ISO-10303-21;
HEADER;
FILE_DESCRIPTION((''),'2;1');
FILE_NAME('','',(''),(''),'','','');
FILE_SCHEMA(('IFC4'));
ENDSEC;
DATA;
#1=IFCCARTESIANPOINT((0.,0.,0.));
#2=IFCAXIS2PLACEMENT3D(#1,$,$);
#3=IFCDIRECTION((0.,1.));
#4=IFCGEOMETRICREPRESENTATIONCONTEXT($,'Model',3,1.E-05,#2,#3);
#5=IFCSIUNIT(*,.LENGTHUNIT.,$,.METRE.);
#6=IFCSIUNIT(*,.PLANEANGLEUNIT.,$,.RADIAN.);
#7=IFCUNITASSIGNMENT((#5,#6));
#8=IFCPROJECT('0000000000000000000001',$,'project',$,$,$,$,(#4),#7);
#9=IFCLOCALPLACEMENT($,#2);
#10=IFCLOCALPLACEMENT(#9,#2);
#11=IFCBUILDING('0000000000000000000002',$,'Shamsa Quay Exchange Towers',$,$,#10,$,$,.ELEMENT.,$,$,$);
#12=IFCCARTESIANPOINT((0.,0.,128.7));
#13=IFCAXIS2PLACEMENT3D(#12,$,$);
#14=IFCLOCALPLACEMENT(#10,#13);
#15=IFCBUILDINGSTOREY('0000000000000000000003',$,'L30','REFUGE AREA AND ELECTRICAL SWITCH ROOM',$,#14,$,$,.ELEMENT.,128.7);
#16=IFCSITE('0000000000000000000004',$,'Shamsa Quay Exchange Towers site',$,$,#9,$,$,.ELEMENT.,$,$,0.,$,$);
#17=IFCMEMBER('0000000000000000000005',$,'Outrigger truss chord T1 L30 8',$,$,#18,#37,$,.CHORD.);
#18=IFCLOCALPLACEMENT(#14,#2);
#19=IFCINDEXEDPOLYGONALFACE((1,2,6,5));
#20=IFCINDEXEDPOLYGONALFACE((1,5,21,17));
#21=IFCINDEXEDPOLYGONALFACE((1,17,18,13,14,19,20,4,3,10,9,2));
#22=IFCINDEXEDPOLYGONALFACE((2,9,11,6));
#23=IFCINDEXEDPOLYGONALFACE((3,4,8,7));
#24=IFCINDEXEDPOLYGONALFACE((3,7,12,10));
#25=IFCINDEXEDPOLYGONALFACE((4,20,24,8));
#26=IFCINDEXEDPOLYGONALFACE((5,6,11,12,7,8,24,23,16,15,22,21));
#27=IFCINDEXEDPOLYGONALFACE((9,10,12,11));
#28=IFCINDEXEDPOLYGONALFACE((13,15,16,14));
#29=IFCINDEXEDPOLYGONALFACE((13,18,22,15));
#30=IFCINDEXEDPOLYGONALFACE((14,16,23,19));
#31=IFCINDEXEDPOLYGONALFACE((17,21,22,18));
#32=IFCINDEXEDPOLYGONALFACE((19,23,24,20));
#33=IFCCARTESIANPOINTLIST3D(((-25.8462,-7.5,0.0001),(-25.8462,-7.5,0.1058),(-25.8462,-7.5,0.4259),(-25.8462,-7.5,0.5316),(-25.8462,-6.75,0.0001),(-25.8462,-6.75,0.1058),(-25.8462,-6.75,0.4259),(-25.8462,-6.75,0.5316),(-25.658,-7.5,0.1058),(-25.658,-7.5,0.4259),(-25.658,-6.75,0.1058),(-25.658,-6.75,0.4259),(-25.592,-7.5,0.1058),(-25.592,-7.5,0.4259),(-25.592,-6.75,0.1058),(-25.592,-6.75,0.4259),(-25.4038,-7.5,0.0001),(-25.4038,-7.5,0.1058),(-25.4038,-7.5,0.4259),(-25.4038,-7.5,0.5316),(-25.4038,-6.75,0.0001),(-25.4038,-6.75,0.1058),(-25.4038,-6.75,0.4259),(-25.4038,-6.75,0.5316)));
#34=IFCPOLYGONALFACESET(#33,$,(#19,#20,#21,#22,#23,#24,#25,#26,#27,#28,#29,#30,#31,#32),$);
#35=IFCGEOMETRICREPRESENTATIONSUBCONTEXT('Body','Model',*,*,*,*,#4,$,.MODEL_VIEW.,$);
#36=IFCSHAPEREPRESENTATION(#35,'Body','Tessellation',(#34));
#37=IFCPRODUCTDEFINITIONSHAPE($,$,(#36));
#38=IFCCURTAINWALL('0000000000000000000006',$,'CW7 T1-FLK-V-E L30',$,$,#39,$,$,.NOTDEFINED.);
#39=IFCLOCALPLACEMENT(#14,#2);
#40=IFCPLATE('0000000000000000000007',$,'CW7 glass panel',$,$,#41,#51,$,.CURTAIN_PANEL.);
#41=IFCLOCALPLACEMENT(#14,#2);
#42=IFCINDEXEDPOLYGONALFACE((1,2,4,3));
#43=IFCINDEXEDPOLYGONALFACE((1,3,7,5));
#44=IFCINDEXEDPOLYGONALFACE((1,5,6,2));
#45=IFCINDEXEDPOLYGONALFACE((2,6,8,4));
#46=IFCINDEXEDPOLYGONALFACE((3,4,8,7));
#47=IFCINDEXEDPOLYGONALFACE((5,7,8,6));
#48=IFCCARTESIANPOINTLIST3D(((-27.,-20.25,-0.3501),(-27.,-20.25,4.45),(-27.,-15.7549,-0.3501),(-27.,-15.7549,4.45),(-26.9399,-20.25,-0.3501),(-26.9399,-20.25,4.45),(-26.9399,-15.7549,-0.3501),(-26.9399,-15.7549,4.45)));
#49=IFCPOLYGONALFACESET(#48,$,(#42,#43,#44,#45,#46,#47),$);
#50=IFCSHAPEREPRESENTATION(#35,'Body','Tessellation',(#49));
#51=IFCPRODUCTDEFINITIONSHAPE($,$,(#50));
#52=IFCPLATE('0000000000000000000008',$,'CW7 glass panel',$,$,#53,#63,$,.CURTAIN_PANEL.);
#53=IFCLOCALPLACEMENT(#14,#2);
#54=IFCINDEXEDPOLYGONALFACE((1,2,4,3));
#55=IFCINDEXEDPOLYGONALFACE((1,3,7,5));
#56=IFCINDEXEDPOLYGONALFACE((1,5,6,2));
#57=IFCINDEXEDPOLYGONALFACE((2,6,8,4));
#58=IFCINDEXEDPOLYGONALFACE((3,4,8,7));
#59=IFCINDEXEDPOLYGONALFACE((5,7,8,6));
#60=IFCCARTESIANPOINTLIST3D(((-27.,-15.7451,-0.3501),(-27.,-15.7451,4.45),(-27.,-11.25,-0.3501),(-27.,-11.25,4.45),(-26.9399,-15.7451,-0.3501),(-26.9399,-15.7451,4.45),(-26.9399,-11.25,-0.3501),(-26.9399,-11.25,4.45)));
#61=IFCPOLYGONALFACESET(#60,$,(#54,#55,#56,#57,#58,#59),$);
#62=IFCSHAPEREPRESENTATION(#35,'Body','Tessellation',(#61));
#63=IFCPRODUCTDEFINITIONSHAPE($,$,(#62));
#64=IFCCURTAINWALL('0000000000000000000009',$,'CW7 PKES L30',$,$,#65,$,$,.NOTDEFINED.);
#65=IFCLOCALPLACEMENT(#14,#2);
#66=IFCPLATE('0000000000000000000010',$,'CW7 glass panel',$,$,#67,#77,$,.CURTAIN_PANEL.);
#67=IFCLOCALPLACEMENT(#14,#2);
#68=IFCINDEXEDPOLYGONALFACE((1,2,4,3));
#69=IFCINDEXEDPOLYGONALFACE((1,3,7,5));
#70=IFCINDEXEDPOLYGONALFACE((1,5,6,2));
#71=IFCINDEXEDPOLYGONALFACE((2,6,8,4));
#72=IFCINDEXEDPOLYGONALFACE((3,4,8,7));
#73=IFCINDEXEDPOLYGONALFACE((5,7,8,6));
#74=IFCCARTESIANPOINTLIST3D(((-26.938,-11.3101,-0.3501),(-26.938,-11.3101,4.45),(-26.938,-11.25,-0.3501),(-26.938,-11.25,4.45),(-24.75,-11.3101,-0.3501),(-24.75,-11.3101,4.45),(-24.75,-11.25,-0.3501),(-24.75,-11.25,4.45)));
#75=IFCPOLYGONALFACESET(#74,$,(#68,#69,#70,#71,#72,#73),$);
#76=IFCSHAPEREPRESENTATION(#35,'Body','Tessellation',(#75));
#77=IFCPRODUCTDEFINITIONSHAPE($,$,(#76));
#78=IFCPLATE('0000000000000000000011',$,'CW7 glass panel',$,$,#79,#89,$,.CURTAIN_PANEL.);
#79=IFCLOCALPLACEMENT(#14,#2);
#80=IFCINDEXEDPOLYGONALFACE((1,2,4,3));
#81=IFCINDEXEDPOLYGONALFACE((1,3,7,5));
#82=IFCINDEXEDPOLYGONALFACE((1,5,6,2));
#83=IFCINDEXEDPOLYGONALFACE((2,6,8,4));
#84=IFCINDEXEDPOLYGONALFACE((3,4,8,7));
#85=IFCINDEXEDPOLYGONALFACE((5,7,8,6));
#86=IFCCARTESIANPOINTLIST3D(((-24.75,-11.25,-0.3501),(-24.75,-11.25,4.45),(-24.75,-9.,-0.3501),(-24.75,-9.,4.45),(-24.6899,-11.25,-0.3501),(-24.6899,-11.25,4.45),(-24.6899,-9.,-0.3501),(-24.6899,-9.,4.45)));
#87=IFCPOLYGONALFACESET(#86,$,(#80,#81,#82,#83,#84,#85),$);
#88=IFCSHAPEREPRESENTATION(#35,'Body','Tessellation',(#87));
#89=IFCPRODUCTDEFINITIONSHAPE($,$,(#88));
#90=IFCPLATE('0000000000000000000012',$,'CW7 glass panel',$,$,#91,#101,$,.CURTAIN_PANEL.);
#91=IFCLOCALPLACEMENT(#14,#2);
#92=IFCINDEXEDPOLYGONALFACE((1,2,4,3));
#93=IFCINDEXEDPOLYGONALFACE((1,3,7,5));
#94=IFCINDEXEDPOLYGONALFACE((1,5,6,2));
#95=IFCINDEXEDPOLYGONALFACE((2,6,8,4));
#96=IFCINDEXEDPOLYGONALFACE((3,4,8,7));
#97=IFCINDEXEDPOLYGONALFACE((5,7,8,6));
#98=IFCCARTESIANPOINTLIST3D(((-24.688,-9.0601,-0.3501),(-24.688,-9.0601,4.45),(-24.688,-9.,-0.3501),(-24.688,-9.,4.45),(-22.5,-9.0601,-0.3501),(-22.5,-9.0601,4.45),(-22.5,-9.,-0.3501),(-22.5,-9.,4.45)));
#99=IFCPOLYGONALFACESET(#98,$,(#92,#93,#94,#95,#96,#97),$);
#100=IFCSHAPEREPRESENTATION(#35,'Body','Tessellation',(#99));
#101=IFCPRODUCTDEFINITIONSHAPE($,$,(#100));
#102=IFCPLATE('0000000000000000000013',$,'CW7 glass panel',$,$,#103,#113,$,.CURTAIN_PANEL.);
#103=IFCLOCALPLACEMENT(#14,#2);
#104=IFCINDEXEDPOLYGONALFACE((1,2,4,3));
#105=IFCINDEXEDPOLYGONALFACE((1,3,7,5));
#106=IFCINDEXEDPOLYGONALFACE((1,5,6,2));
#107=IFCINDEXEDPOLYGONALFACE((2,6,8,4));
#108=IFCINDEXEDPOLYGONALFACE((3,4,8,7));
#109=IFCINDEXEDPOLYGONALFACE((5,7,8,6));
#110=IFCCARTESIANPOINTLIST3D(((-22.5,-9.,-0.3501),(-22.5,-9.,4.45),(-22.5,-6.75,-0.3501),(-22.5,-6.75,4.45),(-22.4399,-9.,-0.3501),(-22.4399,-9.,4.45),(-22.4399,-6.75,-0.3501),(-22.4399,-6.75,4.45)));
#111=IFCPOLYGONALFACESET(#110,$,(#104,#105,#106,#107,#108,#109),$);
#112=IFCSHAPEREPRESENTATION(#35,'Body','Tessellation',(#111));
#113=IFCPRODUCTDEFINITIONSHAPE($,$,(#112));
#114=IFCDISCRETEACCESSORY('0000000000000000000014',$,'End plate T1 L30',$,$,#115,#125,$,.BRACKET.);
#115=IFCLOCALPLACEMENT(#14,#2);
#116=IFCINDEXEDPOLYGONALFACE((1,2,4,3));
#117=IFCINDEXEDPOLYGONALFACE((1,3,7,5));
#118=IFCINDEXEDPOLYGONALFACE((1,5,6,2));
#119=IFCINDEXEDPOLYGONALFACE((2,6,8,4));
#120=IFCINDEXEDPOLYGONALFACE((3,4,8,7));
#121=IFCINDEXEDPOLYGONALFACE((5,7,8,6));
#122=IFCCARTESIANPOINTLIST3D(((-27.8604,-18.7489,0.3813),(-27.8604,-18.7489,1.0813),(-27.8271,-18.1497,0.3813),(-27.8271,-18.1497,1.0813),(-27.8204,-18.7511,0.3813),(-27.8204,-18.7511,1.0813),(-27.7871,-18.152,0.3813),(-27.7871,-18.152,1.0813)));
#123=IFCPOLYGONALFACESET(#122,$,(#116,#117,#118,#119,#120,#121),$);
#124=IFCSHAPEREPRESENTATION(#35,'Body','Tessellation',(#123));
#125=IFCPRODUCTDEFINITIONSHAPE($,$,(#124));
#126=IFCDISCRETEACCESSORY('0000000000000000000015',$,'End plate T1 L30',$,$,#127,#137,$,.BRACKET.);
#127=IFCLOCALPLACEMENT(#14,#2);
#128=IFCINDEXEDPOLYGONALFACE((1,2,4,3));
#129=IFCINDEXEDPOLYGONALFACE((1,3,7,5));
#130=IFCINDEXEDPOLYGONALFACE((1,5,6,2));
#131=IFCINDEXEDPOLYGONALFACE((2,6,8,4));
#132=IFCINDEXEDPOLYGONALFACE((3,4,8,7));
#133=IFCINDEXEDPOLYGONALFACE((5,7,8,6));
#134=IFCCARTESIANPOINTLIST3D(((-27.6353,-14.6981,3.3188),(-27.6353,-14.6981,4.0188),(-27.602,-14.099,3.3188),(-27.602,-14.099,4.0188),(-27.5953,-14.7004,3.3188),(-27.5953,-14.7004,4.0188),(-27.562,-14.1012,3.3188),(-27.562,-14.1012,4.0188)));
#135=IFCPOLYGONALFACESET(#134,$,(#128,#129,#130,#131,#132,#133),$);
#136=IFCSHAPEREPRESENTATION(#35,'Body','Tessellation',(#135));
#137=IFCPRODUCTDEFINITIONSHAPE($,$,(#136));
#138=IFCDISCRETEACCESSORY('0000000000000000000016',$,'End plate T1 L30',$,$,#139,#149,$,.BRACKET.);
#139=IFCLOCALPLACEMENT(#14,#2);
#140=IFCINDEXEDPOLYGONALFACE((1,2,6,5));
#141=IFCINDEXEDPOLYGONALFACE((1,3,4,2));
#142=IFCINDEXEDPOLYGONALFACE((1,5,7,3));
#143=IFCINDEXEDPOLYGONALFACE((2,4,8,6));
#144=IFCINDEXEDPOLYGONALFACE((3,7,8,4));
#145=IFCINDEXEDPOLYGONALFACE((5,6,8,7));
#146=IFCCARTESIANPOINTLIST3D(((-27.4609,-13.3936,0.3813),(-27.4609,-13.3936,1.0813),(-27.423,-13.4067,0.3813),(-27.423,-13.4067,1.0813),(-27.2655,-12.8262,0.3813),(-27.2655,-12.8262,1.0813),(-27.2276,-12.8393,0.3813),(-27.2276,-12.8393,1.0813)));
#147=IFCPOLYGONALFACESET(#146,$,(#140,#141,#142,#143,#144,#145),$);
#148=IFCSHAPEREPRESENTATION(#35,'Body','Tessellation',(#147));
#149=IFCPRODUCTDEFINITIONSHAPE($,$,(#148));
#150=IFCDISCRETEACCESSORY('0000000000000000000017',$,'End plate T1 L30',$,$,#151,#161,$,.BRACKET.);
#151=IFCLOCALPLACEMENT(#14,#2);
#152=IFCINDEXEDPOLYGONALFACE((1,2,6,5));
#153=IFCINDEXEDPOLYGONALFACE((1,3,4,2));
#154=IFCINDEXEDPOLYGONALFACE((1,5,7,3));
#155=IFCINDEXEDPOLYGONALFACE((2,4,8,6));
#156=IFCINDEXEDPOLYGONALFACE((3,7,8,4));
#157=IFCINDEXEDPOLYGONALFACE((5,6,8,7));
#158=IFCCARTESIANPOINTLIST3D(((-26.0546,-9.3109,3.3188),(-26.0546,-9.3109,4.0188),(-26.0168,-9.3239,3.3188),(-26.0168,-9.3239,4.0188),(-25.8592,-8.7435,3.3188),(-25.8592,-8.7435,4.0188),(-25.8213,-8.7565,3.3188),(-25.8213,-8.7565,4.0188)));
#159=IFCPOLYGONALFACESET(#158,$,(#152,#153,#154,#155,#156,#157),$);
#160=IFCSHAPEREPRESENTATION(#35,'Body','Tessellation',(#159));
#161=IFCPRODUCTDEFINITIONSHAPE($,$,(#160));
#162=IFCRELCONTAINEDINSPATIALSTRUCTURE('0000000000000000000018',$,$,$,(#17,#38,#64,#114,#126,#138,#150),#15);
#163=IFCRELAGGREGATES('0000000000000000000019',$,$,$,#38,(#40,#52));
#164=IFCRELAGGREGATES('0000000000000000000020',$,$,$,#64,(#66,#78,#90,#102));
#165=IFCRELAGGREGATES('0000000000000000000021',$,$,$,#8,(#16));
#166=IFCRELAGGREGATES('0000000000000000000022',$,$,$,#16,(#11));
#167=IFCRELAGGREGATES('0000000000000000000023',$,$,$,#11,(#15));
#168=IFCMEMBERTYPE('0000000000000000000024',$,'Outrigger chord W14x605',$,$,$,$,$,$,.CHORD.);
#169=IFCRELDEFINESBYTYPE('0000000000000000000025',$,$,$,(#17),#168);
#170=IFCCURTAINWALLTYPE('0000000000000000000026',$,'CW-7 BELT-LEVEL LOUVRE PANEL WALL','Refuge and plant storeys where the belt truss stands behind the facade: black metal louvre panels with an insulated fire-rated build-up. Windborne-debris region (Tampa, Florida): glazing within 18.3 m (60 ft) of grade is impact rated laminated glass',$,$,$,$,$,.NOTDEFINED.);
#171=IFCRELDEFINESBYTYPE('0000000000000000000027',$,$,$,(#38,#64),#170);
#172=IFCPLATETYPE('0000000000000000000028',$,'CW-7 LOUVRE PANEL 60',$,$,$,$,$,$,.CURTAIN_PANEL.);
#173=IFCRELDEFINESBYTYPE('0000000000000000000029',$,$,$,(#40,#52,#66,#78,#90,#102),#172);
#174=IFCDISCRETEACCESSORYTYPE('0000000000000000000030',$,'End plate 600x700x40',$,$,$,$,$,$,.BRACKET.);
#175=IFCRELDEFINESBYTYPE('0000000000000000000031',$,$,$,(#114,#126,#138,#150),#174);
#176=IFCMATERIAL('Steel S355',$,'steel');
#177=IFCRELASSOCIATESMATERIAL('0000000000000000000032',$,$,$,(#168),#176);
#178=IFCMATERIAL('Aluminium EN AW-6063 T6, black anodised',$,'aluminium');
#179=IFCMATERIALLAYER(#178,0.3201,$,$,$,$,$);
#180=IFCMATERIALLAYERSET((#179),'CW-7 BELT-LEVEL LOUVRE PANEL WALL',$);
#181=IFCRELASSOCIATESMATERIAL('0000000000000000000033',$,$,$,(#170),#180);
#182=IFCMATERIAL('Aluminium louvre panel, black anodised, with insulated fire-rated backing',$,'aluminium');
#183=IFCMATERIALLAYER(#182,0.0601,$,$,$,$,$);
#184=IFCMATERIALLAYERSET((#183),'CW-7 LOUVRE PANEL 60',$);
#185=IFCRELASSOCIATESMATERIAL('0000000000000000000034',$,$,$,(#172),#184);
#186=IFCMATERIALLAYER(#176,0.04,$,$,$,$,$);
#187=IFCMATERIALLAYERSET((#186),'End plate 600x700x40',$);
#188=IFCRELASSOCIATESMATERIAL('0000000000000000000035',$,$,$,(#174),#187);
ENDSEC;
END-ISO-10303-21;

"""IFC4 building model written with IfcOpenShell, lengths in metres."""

from ifc_helpers import new_model, si_unit, direction, frame, origin, origin_2d, place, context, subcontext, project, spatial, rectangle, i_section, extrude, material, layer, layer_set, material_profile, profile_set, type_object, element, aggregate, save


model = new_model("IFC4")

# Units and contexts
model_context = context("Model", 3, precision=1e-05, world=origin(), true_north=direction((0.0, 1.0)))
body_context = subcontext(model_context, "Body", "Model", "MODEL_VIEW")
ifc_project = project(units=[si_unit("LENGTHUNIT", "METRE"), si_unit("PLANEANGLEUNIT", "RADIAN")], contexts=[model_context])

# Site, building, storey
site_placement = place(None, origin())
site = spatial("IfcSite", under=ifc_project, at=site_placement, Name="Shamsa Quay Exchange Towers site", CompositionType="ELEMENT", RefElevation=0.0)
building_placement = place(site_placement, origin())
building = spatial("IfcBuilding", under=site, at=building_placement, Name="Shamsa Quay Exchange Towers", CompositionType="ELEMENT")
storey_placement = place(building_placement, frame((0.0, 0.0, 128.7)))
storey = spatial("IfcBuildingStorey", under=building, at=storey_placement, Name="L30", Description="REFUGE AREA AND ELECTRICAL SWITCH ROOM", CompositionType="ELEMENT", Elevation=128.7)

# Member
ifc_material_1 = material(Name="Steel S355", Category="steel")
ifc_material_profile_1 = material_profile(ifc_material_1, i_section(OverallWidth=0.4424, OverallDepth=0.5315, WebThickness=0.0659, FlangeThickness=0.1057, at=origin_2d()), Name="W14x605")
ifc_profile_set_1 = profile_set([ifc_material_profile_1], Name="Steel S355")
member_type_1 = type_object("IfcMemberType", Name="Outrigger chord W14x605", PredefinedType="CHORD", material=ifc_profile_set_1)
for number, where, z_axis, x_axis, name in (
    (1, (-25.625, -7.5, 0.2659), (0.0, 1.0, 0.0), (-1.0, 0.0, 0.0), "Outrigger truss chord T1 L30 8"),
):
    element("IfcMember", number, at=place(storey_placement, frame(where, z_axis=z_axis, x_axis=x_axis)), inside=storey, type_object=member_type_1, Name=name, PredefinedType="CHORD", context=body_context, shape_type="SweptSolid", body=[
        extrude(i_section(OverallWidth=0.4424, OverallDepth=0.5315, WebThickness=0.0659, FlangeThickness=0.1057, at=origin_2d()), origin(), (0.0, 0.0, 1.0), 0.75),
    ])

# Curtain walls, plates
ifc_material_2 = material(Name="Aluminium EN AW-6063 T6, black anodised", Category="aluminium")
ifc_layer_1 = layer(ifc_material_2, 0.3201)
ifc_layer_set_1 = layer_set([ifc_layer_1], Name="CW-7 BELT-LEVEL LOUVRE PANEL WALL")
curtain_wall_type = type_object("IfcCurtainWallType", Name="CW-7 BELT-LEVEL LOUVRE PANEL WALL", Description="Refuge and plant storeys where the belt truss stands behind the facade: black metal louvre panels with an insulated fire-rated build-up. Windborne-debris region (Tampa, Florida): glazing within 18.3 m (60 ft) of grade is impact rated laminated glass", PredefinedType="NOTDEFINED", material=ifc_layer_set_1)
curtain_wall_1_placement = place(storey_placement, origin())
curtain_wall_1 = element("IfcCurtainWall", 2, at=curtain_wall_1_placement, inside=storey, type_object=curtain_wall_type, Name="CW7 T1-FLK-V-E L30", PredefinedType="NOTDEFINED")
ifc_material_3 = material(Name="Aluminium louvre panel, black anodised, with insulated fire-rated backing", Category="aluminium")
ifc_layer_2 = layer(ifc_material_3, 0.0601)
ifc_layer_set_2 = layer_set([ifc_layer_2], Name="CW-7 LOUVRE PANEL 60")
plate_type = type_object("IfcPlateType", Name="CW-7 LOUVRE PANEL 60", PredefinedType="CURTAIN_PANEL", material=ifc_layer_set_2)
plate_1_placement = place(storey_placement, frame((-26.97, -18.0024, -0.3501), z_axis=(0.0, 0.0, 1.0), x_axis=(0.0, 1.0, 0.0)))
plate_1 = element("IfcPlate", 3, at=plate_1_placement, type_object=plate_type, Name="CW7 glass panel", PredefinedType="CURTAIN_PANEL", context=body_context, shape_type="SweptSolid", body=[
    extrude(rectangle(XDim=4.4951, YDim=0.0601, at=origin_2d()), origin(), (0.0, 0.0, 1.0), 4.8),
])
plate_2_placement = place(storey_placement, frame((-26.97, -13.4976, -0.3501), z_axis=(0.0, 0.0, 1.0), x_axis=(0.0, 1.0, 0.0)))
plate_2 = element("IfcPlate", 4, at=plate_2_placement, type_object=plate_type, Name="CW7 glass panel", PredefinedType="CURTAIN_PANEL", context=body_context, shape_type="SweptSolid", body=[
    extrude(rectangle(XDim=4.4951, YDim=0.0601, at=origin_2d()), origin(), (0.0, 0.0, 1.0), 4.8),
])
aggregate(curtain_wall_1, [plate_1, plate_2])
curtain_wall_2_placement = place(storey_placement, origin())
curtain_wall_2 = element("IfcCurtainWall", 5, at=curtain_wall_2_placement, inside=storey, type_object=curtain_wall_type, Name="CW7 PKES L30", PredefinedType="NOTDEFINED")
plate_3_placement = place(storey_placement, frame((-25.844, -11.28, -0.3501)))
plate_3 = element("IfcPlate", 6, at=plate_3_placement, type_object=plate_type, Name="CW7 glass panel", PredefinedType="CURTAIN_PANEL", context=body_context, shape_type="SweptSolid", body=[
    extrude(rectangle(XDim=2.188, YDim=0.0601, at=origin_2d()), origin(), (0.0, 0.0, 1.0), 4.8),
])
plate_4_placement = place(storey_placement, frame((-24.72, -10.125, -0.3501), z_axis=(0.0, 0.0, 1.0), x_axis=(0.0, 1.0, 0.0)))
plate_4 = element("IfcPlate", 7, at=plate_4_placement, type_object=plate_type, Name="CW7 glass panel", PredefinedType="CURTAIN_PANEL", context=body_context, shape_type="SweptSolid", body=[
    extrude(rectangle(XDim=2.25, YDim=0.0601, at=origin_2d()), origin(), (0.0, 0.0, 1.0), 4.8),
])
plate_5_placement = place(storey_placement, frame((-23.594, -9.03, -0.3501)))
plate_5 = element("IfcPlate", 8, at=plate_5_placement, type_object=plate_type, Name="CW7 glass panel", PredefinedType="CURTAIN_PANEL", context=body_context, shape_type="SweptSolid", body=[
    extrude(rectangle(XDim=2.188, YDim=0.0601, at=origin_2d()), origin(), (0.0, 0.0, 1.0), 4.8),
])
plate_6_placement = place(storey_placement, frame((-22.47, -7.875, -0.3501), z_axis=(0.0, 0.0, 1.0), x_axis=(0.0, 1.0, 0.0)))
plate_6 = element("IfcPlate", 9, at=plate_6_placement, type_object=plate_type, Name="CW7 glass panel", PredefinedType="CURTAIN_PANEL", context=body_context, shape_type="SweptSolid", body=[
    extrude(rectangle(XDim=2.25, YDim=0.0601, at=origin_2d()), origin(), (0.0, 0.0, 1.0), 4.8),
])
aggregate(curtain_wall_2, [plate_3, plate_4, plate_5, plate_6])

# Discrete accessories
ifc_layer_3 = layer(ifc_material_1, 0.04)
ifc_layer_set_3 = layer_set([ifc_layer_3], Name="End plate 600x700x40")
discrete_accessory_type = type_object("IfcDiscreteAccessoryType", Name="End plate 600x700x40", PredefinedType="BRACKET", material=ifc_layer_set_3)
for number, where, z_axis, x_axis, name in (
    (10, (-27.8237, -18.4504, 0.3813), (0.0, 0.0, 1.0), (0.05547, 0.99846, 0.0), "End plate T1 L30"),
    (11, (-27.5986, -14.3997, 3.3188), (0.0, 0.0, 1.0), (0.05547, 0.99846, 0.0), "End plate T1 L30"),
    (12, (-27.3442, -13.1165, 0.3813), (0.0, 0.0, 1.0), (0.325667, 0.945485, 0.0), "End plate T1 L30"),
    (13, (-25.938, -9.0337, 3.3188), (0.0, 0.0, 1.0), (0.325667, 0.945485, 0.0), "End plate T1 L30"),
):
    element("IfcDiscreteAccessory", number, at=place(storey_placement, frame(where, z_axis=z_axis, x_axis=x_axis)), inside=storey, type_object=discrete_accessory_type, Name=name, PredefinedType="BRACKET", context=body_context, shape_type="SweptSolid", body=[
        extrude(rectangle(XDim=0.6001, YDim=0.04, at=origin_2d()), origin(), (0.0, 0.0, 1.0), 0.7),
    ])

save(model, "model.ifc")
